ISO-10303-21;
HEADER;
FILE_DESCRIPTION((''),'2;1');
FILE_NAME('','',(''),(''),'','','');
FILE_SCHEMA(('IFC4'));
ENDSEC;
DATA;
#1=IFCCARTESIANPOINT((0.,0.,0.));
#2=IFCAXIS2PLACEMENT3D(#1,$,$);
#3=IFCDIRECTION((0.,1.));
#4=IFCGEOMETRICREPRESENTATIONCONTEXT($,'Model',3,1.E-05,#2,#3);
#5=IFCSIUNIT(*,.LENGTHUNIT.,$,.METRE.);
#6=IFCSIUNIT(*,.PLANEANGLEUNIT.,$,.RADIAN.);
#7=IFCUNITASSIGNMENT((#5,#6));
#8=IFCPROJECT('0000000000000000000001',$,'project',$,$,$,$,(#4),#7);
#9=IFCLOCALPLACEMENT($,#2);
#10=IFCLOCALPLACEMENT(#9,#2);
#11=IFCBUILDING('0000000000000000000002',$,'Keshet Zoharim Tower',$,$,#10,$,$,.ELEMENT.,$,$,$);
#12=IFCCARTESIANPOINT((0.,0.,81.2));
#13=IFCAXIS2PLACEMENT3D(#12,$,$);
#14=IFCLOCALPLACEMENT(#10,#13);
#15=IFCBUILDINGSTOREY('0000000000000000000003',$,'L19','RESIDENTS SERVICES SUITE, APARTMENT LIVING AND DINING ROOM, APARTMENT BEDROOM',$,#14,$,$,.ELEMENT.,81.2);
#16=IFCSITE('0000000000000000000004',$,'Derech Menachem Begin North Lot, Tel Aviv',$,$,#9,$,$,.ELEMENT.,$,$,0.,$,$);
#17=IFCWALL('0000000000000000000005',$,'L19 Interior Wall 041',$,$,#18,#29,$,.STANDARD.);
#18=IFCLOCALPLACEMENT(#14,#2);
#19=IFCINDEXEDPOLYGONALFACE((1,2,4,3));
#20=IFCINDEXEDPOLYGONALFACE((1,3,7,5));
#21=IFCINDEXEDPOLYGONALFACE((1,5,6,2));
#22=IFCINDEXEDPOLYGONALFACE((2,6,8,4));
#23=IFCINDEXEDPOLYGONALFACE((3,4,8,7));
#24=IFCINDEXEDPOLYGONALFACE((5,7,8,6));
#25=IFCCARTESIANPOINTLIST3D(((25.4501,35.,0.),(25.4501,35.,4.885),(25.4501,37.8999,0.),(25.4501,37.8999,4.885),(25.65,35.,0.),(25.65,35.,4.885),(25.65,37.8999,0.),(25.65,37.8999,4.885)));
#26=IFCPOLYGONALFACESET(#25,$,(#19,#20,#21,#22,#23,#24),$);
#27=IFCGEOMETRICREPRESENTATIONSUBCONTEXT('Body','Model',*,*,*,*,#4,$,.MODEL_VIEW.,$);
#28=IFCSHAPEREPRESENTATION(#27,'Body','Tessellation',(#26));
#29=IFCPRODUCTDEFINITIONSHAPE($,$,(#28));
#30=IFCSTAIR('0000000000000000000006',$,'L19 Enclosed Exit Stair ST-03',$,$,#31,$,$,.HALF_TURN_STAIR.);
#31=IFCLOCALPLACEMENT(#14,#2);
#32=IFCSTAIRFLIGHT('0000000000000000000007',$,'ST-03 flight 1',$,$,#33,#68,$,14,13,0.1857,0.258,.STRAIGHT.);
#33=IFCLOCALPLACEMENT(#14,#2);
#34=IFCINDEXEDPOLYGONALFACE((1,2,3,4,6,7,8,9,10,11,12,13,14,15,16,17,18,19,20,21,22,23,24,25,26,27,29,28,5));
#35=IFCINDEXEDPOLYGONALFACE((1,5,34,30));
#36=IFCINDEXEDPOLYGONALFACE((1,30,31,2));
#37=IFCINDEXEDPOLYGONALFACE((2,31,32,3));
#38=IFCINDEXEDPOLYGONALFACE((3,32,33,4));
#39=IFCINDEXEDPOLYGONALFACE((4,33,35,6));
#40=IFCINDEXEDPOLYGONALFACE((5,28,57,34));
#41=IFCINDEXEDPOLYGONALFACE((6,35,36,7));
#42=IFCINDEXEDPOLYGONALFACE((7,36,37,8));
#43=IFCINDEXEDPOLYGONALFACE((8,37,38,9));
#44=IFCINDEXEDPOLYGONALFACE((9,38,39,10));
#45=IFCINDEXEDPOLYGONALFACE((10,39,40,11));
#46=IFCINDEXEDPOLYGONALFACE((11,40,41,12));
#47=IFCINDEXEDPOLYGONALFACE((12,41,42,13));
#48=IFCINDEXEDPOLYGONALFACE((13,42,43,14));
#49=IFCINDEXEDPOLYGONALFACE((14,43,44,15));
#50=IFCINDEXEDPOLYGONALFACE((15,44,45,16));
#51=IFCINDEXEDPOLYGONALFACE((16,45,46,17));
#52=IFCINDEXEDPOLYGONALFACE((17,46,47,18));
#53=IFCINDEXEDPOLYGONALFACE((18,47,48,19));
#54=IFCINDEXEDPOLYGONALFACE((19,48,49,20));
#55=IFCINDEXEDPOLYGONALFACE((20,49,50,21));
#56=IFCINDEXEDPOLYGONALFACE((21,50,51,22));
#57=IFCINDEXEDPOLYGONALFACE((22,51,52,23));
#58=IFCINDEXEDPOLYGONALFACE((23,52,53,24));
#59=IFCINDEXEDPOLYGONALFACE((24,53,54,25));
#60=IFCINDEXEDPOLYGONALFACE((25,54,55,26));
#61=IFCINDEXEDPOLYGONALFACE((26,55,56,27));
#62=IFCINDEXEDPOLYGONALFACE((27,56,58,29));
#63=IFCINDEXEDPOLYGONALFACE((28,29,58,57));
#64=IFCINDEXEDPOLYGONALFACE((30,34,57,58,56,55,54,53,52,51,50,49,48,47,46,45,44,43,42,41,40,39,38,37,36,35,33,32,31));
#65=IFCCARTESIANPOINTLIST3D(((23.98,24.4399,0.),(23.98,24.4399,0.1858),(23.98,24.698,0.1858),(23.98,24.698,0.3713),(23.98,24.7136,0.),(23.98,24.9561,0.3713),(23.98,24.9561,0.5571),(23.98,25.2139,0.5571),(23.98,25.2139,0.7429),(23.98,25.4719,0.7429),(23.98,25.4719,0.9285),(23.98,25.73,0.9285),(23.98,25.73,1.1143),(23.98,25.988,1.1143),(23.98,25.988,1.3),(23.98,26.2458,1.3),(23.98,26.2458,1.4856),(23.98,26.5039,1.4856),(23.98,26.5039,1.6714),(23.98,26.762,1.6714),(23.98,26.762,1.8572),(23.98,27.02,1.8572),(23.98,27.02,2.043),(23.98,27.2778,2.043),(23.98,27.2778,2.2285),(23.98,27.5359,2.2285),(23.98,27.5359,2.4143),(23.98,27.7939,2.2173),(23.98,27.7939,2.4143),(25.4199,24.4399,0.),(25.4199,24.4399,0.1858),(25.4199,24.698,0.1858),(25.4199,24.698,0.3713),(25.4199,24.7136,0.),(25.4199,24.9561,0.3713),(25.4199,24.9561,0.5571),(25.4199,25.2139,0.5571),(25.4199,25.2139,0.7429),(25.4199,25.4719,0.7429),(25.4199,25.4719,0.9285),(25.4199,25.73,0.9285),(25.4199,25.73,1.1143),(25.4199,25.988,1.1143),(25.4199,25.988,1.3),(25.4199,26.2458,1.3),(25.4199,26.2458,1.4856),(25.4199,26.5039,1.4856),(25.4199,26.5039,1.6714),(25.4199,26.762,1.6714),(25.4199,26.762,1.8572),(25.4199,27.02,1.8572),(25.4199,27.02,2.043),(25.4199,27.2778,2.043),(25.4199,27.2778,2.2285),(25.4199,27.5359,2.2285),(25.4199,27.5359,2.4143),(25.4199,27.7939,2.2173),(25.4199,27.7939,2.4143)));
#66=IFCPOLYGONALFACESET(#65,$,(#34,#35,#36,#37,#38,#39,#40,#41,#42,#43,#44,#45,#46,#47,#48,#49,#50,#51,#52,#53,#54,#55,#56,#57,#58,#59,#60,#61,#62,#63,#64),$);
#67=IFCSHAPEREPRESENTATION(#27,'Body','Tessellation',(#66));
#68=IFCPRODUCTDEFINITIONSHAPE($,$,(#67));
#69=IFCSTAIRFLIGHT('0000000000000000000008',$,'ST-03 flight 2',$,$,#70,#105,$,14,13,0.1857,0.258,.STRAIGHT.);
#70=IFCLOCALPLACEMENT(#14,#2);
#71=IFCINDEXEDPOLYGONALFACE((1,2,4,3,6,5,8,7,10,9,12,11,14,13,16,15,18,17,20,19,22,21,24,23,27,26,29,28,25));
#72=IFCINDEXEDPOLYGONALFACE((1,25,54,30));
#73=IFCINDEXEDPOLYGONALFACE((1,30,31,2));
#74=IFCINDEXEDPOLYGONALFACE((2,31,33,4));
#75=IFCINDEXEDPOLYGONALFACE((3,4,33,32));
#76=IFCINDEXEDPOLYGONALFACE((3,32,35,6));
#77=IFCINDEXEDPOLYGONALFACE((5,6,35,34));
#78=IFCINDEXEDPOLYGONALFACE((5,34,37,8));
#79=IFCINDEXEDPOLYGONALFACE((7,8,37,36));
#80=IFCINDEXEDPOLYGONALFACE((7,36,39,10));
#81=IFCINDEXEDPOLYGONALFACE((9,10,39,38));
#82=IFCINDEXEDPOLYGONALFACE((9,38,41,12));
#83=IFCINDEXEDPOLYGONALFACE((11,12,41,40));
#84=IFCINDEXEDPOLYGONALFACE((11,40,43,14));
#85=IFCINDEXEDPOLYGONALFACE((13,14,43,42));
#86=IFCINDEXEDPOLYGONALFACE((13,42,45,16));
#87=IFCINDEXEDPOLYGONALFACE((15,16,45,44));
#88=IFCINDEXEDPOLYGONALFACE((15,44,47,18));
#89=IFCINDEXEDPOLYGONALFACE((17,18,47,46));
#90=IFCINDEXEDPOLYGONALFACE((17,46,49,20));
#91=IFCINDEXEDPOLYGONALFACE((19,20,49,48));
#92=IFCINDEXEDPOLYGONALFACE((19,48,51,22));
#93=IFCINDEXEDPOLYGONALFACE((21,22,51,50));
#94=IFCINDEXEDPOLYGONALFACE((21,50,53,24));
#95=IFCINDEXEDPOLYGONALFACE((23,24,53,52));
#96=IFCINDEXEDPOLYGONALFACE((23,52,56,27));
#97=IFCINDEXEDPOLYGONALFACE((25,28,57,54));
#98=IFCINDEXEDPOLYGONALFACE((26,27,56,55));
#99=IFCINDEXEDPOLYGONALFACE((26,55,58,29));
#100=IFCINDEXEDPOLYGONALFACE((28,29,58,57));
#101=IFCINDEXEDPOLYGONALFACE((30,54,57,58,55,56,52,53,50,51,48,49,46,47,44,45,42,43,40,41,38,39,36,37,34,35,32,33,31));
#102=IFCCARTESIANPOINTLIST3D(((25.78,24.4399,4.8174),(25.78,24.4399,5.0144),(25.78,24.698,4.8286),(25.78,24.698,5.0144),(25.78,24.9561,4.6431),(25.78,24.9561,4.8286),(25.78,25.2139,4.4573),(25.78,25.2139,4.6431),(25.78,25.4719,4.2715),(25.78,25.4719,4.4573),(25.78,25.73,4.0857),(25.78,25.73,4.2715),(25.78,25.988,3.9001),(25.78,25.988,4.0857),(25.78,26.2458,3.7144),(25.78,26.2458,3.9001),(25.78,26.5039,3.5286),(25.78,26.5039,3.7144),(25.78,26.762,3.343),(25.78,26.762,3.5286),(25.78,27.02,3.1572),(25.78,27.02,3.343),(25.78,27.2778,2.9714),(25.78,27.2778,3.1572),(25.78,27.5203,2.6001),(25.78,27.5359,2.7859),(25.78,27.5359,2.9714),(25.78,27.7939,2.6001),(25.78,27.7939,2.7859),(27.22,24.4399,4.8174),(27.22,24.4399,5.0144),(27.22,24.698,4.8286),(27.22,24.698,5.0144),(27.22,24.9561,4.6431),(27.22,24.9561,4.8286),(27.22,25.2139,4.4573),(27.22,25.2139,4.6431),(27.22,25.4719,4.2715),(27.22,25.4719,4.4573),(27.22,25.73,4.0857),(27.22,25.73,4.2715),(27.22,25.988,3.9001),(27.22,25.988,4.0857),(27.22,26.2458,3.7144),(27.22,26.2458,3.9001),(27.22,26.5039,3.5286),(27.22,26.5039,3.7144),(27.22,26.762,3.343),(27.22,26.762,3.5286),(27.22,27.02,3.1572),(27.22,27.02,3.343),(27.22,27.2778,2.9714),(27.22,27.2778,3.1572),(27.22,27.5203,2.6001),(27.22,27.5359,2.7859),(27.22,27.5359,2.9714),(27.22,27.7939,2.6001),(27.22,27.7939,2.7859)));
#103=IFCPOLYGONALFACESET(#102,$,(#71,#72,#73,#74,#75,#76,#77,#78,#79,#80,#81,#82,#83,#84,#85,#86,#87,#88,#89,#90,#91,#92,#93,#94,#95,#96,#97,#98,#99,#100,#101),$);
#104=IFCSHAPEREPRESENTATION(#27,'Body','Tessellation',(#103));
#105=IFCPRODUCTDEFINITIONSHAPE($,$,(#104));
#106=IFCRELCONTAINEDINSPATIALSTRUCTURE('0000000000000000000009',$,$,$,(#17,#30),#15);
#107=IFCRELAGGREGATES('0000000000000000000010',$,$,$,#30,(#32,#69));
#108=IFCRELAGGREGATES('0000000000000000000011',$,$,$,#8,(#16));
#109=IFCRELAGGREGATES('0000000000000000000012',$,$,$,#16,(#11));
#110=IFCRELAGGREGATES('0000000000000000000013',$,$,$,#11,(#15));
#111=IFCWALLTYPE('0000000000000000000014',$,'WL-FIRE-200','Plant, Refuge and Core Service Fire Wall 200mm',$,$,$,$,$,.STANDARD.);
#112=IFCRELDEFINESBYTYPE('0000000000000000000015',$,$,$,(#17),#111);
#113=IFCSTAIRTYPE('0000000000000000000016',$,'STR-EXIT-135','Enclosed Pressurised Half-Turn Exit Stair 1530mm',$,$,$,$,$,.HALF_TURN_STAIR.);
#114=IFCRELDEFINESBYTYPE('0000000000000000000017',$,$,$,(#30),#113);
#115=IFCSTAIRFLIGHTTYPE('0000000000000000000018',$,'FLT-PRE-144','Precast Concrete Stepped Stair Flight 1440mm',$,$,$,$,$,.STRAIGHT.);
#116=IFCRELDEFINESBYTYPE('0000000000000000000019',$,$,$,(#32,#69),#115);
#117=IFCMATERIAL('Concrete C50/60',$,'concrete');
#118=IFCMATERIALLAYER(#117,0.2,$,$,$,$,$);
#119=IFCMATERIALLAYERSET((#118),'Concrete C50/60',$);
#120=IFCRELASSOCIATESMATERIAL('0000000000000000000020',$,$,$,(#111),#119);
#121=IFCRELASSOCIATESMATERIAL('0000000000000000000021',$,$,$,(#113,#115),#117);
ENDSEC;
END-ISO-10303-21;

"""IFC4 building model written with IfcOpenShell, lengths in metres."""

from ifc_helpers import new_model, si_unit, direction, frame, frame_2d, origin, place, context, subcontext, project, spatial, polyline, rectangle, outline, extrude, material, layer, layer_set, type_object, element, aggregate, save


model = new_model("IFC4")

# Units and contexts
model_context = context("Model", 3, precision=1e-05, world=origin(), true_north=direction((0.0, 1.0)))
body_context = subcontext(model_context, "Body", "Model", "MODEL_VIEW")
ifc_project = project(units=[si_unit("LENGTHUNIT", "METRE"), si_unit("PLANEANGLEUNIT", "RADIAN")], contexts=[model_context])

# Site, building, storey
site_placement = place(None, origin())
site = spatial("IfcSite", under=ifc_project, at=site_placement, Name="Derech Menachem Begin North Lot, Tel Aviv", CompositionType="ELEMENT", RefElevation=0.0)
building_placement = place(site_placement, origin())
building = spatial("IfcBuilding", under=site, at=building_placement, Name="Keshet Zoharim Tower", CompositionType="ELEMENT")
storey_placement = place(building_placement, frame((0.0, 0.0, 81.2)))
storey = spatial("IfcBuildingStorey", under=building, at=storey_placement, Name="L19", Description="RESIDENTS SERVICES SUITE, APARTMENT LIVING AND DINING ROOM, APARTMENT BEDROOM", CompositionType="ELEMENT", Elevation=81.2)

# Wall
ifc_material_1 = material(Name="Concrete C50/60", Category="concrete")
ifc_layer_1 = layer(ifc_material_1, 0.2)
ifc_layer_set_1 = layer_set([ifc_layer_1], Name="Concrete C50/60")
wall_type_1 = type_object("IfcWallType", Name="WL-FIRE-200", Description="Plant, Refuge and Core Service Fire Wall 200mm", PredefinedType="STANDARD", material=ifc_layer_set_1)
for number, where, z_axis, x_axis, name in (
    (1, (25.55, 35.0, 0.0), (0.0, 0.0, 1.0), (0.0, 1.0, 0.0), "L19 Interior Wall 041"),
):
    element("IfcWall", number, at=place(storey_placement, frame(where, z_axis=z_axis, x_axis=x_axis)), inside=storey, type_object=wall_type_1, Name=name, PredefinedType="STANDARD", context=body_context, shape_type="SweptSolid", body=[
        extrude(rectangle(XDim=2.8999, YDim=0.2, at=frame_2d((1.45, 0.0))), origin(), (0.0, 0.0, 1.0), 4.885),
    ])

# Stair, stair flights
stair_type = type_object("IfcStairType", Name="STR-EXIT-135", Description="Enclosed Pressurised Half-Turn Exit Stair 1530mm", PredefinedType="HALF_TURN_STAIR", material=ifc_material_1)
stair_placement = place(storey_placement, origin())
stair = element("IfcStair", 2, at=stair_placement, inside=storey, type_object=stair_type, Name="L19 Enclosed Exit Stair ST-03", PredefinedType="HALF_TURN_STAIR")
stair_flight_type = type_object("IfcStairFlightType", Name="FLT-PRE-144", Description="Precast Concrete Stepped Stair Flight 1440mm", PredefinedType="STRAIGHT", material=ifc_material_1)
stair_flight_1_placement = place(storey_placement, frame((24.7, 24.4399, 0.0), z_axis=(0.0, 0.0, 1.0), x_axis=(0.0, 1.0, 0.0)))
stair_flight_1 = element("IfcStairFlight", 3, at=stair_flight_1_placement, type_object=stair_flight_type, Name="ST-03 flight 1", NumberOfRisers=14, NumberOfTreads=13, PredefinedType="STRAIGHT", RiserHeight=0.1857, TreadLength=0.258, context=body_context, shape_type="SweptSolid", body=[
    extrude(outline(polyline([(0.0, 0.0), (0.0, 0.1858), (0.2581, 0.1858), (0.2581, 0.3713), (0.5161, 0.3713), (0.5161, 0.5571), (0.7739, 0.5571), (0.7739, 0.7429), (1.032, 0.7429), (1.032, 0.9285), (1.29, 0.9285), (1.29, 1.1143), (1.5481, 1.1143), (1.5481, 1.3), (1.8059, 1.3), (1.8059, 1.4856), (2.064, 1.4856), (2.064, 1.6714), (2.322, 1.6714), (2.322, 1.8572), (2.5801, 1.8572), (2.5801, 2.043), (2.8379, 2.043), (2.8379, 2.2285), (3.0959, 2.2285), (3.0959, 2.4143), (3.354, 2.4143), (3.354, 2.6001), (3.354, 2.2173), (0.2737, 0.0), (0.0, 0.0)])), frame((0.0, 0.72, 0.0), z_axis=(0.0, -1.0, 0.0), x_axis=(1.0, 0.0, 0.0)), (0.0, 0.0, 1.0), 1.4399),
])
stair_flight_2_placement = place(storey_placement, frame((26.5, 27.7939, 2.6001), z_axis=(0.0, 0.0, 1.0), x_axis=(0.0, -1.0, 0.0)))
stair_flight_2 = element("IfcStairFlight", 4, at=stair_flight_2_placement, type_object=stair_flight_type, Name="ST-03 flight 2", NumberOfRisers=14, NumberOfTreads=13, PredefinedType="STRAIGHT", RiserHeight=0.1857, TreadLength=0.258, context=body_context, shape_type="SweptSolid", body=[
    extrude(outline(polyline([(0.0, 0.0), (0.0, 0.1858), (0.2581, 0.1858), (0.2581, 0.3713), (0.5161, 0.3713), (0.5161, 0.5571), (0.7739, 0.5571), (0.7739, 0.7429), (1.032, 0.7429), (1.032, 0.9285), (1.29, 0.9285), (1.29, 1.1143), (1.5481, 1.1143), (1.5481, 1.3), (1.8059, 1.3), (1.8059, 1.4856), (2.064, 1.4856), (2.064, 1.6714), (2.322, 1.6714), (2.322, 1.8572), (2.5801, 1.8572), (2.5801, 2.043), (2.8379, 2.043), (2.8379, 2.2285), (3.0959, 2.2285), (3.0959, 2.4143), (3.354, 2.4143), (3.354, 2.6001), (3.354, 2.2173), (0.2737, 0.0), (0.0, 0.0)])), frame((0.0, 0.72, 0.0), z_axis=(0.0, -1.0, 0.0), x_axis=(1.0, 0.0, 0.0)), (0.0, 0.0, 1.0), 1.4399),
])
aggregate(stair, [stair_flight_1, stair_flight_2])

save(model, "model.ifc")
